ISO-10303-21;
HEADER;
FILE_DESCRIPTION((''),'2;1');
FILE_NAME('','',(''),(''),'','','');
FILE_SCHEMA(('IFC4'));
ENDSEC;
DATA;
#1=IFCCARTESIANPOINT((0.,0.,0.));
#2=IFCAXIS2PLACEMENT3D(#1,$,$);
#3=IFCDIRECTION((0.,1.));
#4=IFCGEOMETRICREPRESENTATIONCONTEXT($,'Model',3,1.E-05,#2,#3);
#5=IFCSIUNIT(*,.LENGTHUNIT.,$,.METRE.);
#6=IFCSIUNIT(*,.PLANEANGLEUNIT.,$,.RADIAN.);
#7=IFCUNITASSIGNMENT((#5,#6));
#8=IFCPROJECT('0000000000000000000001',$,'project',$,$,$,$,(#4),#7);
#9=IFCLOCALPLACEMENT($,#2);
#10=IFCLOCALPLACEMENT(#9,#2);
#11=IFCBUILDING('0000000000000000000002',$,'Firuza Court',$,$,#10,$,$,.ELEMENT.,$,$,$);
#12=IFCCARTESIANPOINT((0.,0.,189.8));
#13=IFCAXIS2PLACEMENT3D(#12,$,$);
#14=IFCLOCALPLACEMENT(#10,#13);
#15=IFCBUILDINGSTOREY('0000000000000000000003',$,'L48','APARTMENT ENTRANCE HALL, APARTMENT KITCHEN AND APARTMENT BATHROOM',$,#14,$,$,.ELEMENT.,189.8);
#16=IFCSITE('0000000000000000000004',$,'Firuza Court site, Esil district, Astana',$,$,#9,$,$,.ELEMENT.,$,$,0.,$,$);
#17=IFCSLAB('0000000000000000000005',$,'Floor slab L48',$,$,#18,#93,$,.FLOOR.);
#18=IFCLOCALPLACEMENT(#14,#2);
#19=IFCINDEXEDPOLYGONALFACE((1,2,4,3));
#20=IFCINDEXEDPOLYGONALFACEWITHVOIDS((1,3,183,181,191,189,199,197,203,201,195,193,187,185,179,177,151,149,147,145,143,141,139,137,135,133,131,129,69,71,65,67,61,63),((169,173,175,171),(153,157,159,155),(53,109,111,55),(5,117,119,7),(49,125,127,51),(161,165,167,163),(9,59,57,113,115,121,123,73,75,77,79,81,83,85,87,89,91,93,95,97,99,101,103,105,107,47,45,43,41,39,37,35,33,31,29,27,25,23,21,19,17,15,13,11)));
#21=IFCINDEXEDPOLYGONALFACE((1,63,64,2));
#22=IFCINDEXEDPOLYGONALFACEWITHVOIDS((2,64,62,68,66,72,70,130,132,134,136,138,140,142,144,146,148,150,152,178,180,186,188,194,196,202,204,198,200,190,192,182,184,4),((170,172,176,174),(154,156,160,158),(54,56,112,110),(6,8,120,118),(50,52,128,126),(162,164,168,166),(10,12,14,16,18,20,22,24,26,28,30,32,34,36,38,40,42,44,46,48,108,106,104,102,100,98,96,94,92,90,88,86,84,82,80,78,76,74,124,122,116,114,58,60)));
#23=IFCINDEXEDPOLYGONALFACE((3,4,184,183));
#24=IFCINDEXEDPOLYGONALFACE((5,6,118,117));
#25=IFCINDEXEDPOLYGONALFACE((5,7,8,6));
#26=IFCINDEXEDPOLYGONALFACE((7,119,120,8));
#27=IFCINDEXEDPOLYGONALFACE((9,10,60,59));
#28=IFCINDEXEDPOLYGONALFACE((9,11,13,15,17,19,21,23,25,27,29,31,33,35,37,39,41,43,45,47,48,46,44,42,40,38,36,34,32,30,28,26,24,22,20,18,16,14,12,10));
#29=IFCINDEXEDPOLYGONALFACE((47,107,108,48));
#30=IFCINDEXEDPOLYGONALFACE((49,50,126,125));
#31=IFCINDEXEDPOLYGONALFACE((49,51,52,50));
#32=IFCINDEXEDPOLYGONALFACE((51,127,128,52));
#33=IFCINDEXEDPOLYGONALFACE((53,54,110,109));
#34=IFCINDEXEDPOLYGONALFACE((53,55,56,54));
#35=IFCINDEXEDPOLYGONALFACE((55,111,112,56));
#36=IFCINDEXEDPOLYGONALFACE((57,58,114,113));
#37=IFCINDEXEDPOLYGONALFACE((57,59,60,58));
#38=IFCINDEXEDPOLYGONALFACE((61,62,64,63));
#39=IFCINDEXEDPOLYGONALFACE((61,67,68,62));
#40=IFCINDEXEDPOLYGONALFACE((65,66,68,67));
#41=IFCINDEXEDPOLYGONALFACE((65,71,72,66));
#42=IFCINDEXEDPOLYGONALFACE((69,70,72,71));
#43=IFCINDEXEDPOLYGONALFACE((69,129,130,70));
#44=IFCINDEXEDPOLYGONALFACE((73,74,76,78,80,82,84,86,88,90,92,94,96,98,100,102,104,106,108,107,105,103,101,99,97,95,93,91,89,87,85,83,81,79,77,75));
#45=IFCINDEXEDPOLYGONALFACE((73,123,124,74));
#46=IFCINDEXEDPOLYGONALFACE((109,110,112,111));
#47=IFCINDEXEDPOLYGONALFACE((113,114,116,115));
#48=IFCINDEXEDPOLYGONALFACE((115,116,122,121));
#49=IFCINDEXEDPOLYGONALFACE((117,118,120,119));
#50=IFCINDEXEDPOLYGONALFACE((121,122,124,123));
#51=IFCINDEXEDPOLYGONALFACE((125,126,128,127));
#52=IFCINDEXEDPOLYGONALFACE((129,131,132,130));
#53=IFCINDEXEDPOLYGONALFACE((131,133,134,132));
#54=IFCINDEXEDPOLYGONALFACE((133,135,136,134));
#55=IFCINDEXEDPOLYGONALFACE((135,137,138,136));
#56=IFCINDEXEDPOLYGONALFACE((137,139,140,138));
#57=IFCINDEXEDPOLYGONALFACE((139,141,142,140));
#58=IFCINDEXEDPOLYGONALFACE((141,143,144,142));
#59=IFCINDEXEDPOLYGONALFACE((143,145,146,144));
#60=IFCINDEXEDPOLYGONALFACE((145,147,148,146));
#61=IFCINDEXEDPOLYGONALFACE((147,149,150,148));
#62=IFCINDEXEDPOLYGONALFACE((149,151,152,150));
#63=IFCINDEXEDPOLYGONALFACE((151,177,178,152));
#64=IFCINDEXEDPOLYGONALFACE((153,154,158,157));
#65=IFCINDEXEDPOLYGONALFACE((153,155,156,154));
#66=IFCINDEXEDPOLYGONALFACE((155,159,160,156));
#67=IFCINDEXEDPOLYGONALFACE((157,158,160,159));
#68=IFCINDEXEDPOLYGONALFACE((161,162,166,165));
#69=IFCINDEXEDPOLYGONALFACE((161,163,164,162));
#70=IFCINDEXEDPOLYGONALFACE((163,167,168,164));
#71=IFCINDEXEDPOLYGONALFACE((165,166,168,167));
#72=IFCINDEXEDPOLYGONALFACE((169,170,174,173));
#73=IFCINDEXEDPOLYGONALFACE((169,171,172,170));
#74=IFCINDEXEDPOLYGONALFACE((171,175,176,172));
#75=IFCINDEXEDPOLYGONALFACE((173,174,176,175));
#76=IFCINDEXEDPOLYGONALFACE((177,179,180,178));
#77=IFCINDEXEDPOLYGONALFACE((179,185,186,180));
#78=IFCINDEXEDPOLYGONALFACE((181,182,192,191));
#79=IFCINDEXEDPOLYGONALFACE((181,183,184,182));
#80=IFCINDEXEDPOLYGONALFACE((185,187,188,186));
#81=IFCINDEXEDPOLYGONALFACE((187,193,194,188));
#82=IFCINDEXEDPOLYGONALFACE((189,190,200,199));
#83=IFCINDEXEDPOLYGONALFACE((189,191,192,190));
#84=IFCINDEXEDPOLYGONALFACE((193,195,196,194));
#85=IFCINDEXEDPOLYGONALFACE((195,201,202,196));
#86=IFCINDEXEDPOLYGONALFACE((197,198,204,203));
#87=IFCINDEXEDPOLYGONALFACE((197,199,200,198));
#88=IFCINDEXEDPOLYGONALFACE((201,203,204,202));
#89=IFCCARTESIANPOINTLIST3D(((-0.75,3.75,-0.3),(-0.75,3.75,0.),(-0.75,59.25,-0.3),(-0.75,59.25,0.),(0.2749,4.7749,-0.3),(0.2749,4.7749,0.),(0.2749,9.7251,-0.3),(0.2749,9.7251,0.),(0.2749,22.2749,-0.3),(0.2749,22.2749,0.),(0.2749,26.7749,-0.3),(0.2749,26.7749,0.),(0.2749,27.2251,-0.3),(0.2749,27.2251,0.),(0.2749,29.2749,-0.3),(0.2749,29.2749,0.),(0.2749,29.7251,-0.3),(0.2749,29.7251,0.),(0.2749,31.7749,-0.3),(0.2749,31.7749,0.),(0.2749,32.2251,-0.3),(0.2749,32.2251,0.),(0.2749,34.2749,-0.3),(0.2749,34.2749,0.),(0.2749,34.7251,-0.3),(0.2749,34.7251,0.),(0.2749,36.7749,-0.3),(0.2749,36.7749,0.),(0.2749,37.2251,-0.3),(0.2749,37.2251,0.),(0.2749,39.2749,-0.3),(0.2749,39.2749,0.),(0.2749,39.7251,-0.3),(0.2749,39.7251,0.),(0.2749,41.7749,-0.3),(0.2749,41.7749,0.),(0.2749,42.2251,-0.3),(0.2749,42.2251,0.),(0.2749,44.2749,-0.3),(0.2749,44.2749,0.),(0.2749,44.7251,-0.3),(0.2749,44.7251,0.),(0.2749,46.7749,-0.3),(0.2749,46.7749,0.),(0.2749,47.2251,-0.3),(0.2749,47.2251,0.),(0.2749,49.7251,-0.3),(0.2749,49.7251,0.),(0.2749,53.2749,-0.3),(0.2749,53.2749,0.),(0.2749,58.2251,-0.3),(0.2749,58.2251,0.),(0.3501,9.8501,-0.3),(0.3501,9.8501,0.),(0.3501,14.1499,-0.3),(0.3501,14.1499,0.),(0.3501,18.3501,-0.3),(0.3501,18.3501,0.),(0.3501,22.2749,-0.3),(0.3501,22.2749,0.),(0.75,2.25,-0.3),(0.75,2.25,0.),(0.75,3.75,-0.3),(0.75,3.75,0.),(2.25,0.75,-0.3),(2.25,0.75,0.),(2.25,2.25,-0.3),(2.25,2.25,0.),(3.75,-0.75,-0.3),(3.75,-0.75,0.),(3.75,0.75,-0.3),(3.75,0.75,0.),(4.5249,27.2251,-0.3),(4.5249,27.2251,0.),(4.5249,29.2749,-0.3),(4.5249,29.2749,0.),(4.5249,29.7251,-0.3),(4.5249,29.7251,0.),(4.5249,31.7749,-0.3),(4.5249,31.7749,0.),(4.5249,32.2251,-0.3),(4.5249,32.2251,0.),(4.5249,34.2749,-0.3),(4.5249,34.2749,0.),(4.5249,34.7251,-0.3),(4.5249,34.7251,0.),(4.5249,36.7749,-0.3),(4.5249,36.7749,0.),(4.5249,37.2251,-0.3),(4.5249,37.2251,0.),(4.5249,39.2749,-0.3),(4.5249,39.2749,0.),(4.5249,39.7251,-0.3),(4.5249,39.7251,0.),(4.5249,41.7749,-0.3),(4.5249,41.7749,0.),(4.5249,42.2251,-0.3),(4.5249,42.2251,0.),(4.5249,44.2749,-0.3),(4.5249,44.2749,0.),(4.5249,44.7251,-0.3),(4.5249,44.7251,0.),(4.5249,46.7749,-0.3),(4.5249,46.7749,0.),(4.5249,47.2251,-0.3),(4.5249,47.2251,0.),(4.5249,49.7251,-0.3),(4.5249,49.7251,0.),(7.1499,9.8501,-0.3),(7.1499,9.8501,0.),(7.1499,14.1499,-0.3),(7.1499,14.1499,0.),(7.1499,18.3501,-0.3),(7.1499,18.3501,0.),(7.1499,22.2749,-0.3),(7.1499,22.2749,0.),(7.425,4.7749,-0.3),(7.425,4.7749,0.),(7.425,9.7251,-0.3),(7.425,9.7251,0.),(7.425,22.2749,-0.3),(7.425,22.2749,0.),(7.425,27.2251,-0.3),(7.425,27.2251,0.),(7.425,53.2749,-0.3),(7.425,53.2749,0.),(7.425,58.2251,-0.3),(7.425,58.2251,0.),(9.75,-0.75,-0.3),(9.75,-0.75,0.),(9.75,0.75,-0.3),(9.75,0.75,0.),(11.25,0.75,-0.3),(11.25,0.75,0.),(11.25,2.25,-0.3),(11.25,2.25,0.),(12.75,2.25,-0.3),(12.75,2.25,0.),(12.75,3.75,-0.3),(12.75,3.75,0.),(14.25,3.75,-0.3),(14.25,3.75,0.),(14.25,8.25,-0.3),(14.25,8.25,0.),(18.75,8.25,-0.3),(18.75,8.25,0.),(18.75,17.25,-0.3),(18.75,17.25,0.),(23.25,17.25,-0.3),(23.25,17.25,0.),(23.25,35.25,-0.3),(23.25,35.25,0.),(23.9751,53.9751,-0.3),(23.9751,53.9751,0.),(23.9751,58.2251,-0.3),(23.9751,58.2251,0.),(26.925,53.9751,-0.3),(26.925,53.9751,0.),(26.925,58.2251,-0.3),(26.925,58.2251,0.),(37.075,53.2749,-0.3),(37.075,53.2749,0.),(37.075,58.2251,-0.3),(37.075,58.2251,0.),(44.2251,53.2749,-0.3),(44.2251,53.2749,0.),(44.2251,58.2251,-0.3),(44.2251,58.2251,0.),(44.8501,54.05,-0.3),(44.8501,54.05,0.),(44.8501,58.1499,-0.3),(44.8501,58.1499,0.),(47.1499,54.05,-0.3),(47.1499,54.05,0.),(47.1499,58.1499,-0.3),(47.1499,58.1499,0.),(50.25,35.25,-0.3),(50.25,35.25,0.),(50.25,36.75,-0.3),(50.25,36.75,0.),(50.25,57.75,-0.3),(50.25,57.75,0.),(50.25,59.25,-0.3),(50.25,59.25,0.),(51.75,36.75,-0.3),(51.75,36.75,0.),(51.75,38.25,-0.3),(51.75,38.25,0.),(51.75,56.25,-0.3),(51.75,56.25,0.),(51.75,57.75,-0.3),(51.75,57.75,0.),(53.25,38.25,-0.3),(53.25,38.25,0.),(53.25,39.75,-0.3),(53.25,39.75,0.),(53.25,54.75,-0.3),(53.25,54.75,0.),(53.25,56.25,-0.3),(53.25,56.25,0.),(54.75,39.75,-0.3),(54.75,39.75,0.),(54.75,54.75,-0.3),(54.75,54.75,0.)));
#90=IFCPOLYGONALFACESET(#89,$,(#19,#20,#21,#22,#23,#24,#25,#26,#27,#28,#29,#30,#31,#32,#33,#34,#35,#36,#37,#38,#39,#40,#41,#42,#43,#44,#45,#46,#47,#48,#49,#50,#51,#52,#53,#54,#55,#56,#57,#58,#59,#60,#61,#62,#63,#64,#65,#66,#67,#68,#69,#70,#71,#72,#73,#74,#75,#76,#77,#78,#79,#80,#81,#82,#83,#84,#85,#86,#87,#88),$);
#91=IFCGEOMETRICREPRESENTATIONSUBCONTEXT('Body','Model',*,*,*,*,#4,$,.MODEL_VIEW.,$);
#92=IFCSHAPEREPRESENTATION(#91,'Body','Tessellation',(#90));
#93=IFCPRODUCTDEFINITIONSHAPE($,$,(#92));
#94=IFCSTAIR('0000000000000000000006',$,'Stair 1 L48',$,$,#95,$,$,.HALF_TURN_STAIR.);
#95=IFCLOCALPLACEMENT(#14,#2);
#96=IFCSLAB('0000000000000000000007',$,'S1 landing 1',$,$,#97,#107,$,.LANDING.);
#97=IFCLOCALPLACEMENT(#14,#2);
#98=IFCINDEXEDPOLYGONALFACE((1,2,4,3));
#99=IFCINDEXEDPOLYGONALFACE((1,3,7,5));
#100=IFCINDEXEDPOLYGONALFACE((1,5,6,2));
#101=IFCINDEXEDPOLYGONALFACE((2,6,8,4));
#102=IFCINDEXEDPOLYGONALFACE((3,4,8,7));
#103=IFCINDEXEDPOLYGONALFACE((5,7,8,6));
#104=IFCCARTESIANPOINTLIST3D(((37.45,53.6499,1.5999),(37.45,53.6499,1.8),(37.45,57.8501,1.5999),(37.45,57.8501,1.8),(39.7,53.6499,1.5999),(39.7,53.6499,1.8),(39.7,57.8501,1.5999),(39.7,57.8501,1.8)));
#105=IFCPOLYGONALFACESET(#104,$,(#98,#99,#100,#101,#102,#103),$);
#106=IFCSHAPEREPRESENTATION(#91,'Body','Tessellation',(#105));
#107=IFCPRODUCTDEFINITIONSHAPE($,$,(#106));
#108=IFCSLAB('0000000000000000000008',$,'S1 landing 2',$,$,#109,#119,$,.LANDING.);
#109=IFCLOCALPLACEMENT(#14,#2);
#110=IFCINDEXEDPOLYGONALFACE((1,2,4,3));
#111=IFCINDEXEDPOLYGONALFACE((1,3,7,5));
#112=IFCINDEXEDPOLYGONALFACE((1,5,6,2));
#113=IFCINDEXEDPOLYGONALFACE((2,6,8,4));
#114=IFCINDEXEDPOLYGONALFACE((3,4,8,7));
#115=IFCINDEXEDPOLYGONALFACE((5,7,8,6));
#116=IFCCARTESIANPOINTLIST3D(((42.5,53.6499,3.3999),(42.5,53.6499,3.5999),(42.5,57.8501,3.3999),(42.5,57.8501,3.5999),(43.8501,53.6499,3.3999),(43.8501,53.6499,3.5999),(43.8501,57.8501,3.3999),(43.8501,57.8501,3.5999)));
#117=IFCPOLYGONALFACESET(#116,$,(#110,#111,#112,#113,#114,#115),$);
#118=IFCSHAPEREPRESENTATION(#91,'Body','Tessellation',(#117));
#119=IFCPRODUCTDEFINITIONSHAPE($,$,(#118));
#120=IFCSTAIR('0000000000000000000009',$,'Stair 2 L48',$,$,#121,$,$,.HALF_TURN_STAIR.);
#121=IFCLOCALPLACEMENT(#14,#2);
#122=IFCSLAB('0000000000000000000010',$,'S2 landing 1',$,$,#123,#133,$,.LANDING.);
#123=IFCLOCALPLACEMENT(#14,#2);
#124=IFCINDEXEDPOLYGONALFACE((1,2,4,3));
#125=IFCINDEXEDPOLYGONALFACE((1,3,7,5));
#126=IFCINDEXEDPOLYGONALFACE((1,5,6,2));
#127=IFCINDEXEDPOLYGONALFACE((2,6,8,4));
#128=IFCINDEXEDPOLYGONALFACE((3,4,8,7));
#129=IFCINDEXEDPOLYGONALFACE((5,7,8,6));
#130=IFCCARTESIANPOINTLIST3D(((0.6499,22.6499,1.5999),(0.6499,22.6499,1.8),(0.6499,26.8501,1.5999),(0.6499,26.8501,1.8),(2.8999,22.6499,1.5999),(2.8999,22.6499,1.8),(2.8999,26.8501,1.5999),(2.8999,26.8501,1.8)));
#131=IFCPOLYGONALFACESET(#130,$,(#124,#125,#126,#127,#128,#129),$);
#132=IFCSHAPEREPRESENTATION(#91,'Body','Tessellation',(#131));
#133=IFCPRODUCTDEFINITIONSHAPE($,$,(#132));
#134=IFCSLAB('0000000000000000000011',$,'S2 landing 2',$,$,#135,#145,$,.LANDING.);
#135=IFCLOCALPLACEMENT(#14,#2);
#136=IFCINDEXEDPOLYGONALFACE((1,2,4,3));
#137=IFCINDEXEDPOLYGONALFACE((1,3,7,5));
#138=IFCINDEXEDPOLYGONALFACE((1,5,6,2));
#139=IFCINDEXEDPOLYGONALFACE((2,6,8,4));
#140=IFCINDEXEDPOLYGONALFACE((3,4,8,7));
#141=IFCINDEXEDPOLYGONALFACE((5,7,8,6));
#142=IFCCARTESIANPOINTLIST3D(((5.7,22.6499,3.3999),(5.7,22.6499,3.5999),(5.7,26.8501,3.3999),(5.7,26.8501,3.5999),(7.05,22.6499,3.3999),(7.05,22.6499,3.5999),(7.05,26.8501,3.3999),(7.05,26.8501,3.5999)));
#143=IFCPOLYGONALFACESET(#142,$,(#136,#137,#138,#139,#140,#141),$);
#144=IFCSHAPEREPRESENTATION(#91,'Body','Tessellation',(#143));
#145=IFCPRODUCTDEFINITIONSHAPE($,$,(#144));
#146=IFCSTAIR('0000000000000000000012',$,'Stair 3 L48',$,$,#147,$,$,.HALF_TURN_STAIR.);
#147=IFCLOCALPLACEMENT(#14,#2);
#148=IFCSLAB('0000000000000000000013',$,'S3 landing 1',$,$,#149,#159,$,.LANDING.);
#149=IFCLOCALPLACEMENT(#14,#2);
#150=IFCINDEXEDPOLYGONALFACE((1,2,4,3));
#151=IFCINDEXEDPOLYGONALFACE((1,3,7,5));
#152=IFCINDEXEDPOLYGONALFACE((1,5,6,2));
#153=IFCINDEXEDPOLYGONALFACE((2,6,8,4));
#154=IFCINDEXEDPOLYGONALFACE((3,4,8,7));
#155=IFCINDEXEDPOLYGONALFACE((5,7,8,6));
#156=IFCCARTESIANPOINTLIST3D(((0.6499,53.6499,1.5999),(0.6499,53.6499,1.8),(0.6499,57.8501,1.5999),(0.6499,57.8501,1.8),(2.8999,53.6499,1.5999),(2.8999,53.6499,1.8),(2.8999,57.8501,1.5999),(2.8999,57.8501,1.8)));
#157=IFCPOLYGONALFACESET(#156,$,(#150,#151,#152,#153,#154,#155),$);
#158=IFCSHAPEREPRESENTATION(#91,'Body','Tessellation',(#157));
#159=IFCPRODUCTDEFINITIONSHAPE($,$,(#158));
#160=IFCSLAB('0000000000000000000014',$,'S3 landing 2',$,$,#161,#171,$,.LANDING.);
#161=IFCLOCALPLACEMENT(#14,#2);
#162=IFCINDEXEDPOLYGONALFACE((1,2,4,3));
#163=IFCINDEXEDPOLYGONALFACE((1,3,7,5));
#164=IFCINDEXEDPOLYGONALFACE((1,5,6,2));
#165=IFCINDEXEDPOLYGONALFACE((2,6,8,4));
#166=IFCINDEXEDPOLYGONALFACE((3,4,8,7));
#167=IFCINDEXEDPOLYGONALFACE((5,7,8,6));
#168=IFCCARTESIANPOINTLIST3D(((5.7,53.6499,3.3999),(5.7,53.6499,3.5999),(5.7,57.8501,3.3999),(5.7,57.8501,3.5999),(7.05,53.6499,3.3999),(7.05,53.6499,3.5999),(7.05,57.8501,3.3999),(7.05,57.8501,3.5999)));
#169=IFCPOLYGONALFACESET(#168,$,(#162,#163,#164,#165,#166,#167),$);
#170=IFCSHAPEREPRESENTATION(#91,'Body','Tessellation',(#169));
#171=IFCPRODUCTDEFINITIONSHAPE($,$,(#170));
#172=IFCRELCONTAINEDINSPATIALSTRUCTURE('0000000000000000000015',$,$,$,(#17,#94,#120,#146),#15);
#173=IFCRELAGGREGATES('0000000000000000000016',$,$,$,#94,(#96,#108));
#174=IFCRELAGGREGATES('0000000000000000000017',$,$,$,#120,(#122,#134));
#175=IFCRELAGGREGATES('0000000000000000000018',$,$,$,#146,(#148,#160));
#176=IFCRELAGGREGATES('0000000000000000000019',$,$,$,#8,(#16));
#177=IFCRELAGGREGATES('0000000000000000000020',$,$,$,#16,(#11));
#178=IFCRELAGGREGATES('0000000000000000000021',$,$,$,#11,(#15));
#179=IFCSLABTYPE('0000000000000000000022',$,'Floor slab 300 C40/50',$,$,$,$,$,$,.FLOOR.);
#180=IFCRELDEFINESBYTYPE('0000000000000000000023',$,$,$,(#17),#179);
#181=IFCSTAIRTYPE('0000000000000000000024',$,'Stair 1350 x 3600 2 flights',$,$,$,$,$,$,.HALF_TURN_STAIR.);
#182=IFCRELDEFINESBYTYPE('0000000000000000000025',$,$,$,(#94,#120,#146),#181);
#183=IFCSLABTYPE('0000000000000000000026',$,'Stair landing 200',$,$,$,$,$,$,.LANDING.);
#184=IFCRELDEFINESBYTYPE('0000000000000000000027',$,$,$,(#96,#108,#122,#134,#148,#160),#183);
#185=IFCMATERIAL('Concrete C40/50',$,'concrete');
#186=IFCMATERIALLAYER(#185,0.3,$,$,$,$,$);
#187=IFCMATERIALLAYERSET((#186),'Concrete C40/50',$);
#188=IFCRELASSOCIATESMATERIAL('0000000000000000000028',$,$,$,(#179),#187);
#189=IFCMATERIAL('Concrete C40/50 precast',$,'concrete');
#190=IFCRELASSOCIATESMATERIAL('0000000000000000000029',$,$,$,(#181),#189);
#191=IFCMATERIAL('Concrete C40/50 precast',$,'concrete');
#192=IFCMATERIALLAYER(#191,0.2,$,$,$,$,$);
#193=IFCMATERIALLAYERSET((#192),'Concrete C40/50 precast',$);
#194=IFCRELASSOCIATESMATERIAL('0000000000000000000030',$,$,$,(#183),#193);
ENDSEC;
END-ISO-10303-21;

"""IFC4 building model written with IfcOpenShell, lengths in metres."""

from ifc_helpers import new_model, si_unit, direction, frame, origin, place, context, subcontext, project, spatial, polyline, outline, extrude, material, layer, layer_set, type_object, element, aggregate, save


model = new_model("IFC4")

# Units and contexts
model_context = context("Model", 3, precision=1e-05, world=origin(), true_north=direction((0.0, 1.0)))
body_context = subcontext(model_context, "Body", "Model", "MODEL_VIEW")
ifc_project = project(units=[si_unit("LENGTHUNIT", "METRE"), si_unit("PLANEANGLEUNIT", "RADIAN")], contexts=[model_context])

# Site, building, storey
site_placement = place(None, origin())
site = spatial("IfcSite", under=ifc_project, at=site_placement, Name="Firuza Court site, Esil district, Astana", CompositionType="ELEMENT", RefElevation=0.0)
building_placement = place(site_placement, origin())
building = spatial("IfcBuilding", under=site, at=building_placement, Name="Firuza Court", CompositionType="ELEMENT")
storey_placement = place(building_placement, frame((0.0, 0.0, 189.8)))
storey = spatial("IfcBuildingStorey", under=building, at=storey_placement, Name="L48", Description="APARTMENT ENTRANCE HALL, APARTMENT KITCHEN AND APARTMENT BATHROOM", CompositionType="ELEMENT", Elevation=189.8)

# Slab
ifc_material_1 = material(Name="Concrete C40/50", Category="concrete")
ifc_layer_1 = layer(ifc_material_1, 0.3)
ifc_layer_set_1 = layer_set([ifc_layer_1], Name="Concrete C40/50")
slab_type_1 = type_object("IfcSlabType", Name="Floor slab 300 C40/50", PredefinedType="FLOOR", material=ifc_layer_set_1)
slab_1_placement = place(storey_placement, frame((0.0, 0.0, -0.3)))
element("IfcSlab", 1, at=slab_1_placement, inside=storey, type_object=slab_type_1, Name="Floor slab L48", PredefinedType="FLOOR", context=body_context, shape_type="SweptSolid", body=[
    extrude(outline(polyline([(-0.75, 59.25), (50.25, 59.25), (50.25, 57.75), (51.75, 57.75), (51.75, 56.25), (53.25, 56.25), (53.25, 54.75), (54.75, 54.75), (54.75, 39.75), (53.25, 39.75), (53.25, 38.25), (51.75, 38.25), (51.75, 36.75), (50.25, 36.75), (50.25, 35.25), (23.25, 35.25), (23.25, 17.25), (18.75, 17.25), (18.75, 8.25), (14.25, 8.25), (14.25, 3.75), (12.75, 3.75), (12.75, 2.25), (11.25, 2.25), (11.25, 0.75), (9.75, 0.75), (9.75, -0.75), (3.75, -0.75), (3.75, 0.75), (2.25, 0.75), (2.25, 2.25), (0.75, 2.25), (0.75, 3.75), (-0.75, 3.75), (-0.75, 59.25)]), holes=[polyline([(0.2749, 29.7251), (0.2749, 29.2749), (0.2749, 27.2251), (0.2749, 26.7749), (0.2749, 22.2749), (0.3501, 22.2749), (0.3501, 18.3501), (7.1499, 18.3501), (7.1499, 22.2749), (7.425, 22.2749), (7.425, 27.2251), (4.5249, 27.2251), (4.5249, 29.2749), (4.5249, 29.7251), (4.5249, 31.7749), (4.5249, 32.2251), (4.5249, 34.2749), (4.5249, 34.7251), (4.5249, 36.7749), (4.5249, 37.2251), (4.5249, 39.2749), (4.5249, 39.7251), (4.5249, 41.7749), (4.5249, 42.2251), (4.5249, 44.2749), (4.5249, 44.7251), (4.5249, 46.7749), (4.5249, 47.2251), (4.5249, 49.7251), (0.2749, 49.7251), (0.2749, 47.2251), (0.2749, 46.7749), (0.2749, 44.7251), (0.2749, 44.2749), (0.2749, 42.2251), (0.2749, 41.7749), (0.2749, 39.7251), (0.2749, 39.2749), (0.2749, 37.2251), (0.2749, 36.7749), (0.2749, 34.7251), (0.2749, 34.2749), (0.2749, 32.2251), (0.2749, 31.7749), (0.2749, 29.7251)]), polyline([(7.425, 9.7251), (0.2749, 9.7251), (0.2749, 4.7749), (7.425, 4.7749), (7.425, 9.7251)]), polyline([(7.1499, 14.1499), (0.3501, 14.1499), (0.3501, 9.8501), (7.1499, 9.8501), (7.1499, 14.1499)]), polyline([(7.425, 58.2251), (0.2749, 58.2251), (0.2749, 53.2749), (7.425, 53.2749), (7.425, 58.2251)]), polyline([(44.2251, 58.2251), (37.075, 58.2251), (37.075, 53.2749), (44.2251, 53.2749), (44.2251, 58.2251)]), polyline([(26.925, 53.9751), (26.925, 58.2251), (23.9751, 58.2251), (23.9751, 53.9751), (26.925, 53.9751)]), polyline([(47.1499, 54.05), (47.1499, 58.1499), (44.8501, 58.1499), (44.8501, 54.05), (47.1499, 54.05)])]), origin(), (0.0, 0.0, 1.0), 0.3),
])

# Stairs, slabs
ifc_material_2 = material(Name="Concrete C40/50 precast", Category="concrete")
stair_type = type_object("IfcStairType", Name="Stair 1350 x 3600 2 flights", PredefinedType="HALF_TURN_STAIR", material=ifc_material_2)
stair_1_placement = place(storey_placement, origin())
stair_1 = element("IfcStair", 2, at=stair_1_placement, inside=storey, type_object=stair_type, Name="Stair 1 L48", PredefinedType="HALF_TURN_STAIR")
ifc_material_3 = material(Name="Concrete C40/50 precast", Category="concrete")
ifc_layer_2 = layer(ifc_material_3, 0.2)
ifc_layer_set_2 = layer_set([ifc_layer_2], Name="Concrete C40/50 precast")
slab_type_2 = type_object("IfcSlabType", Name="Stair landing 200", PredefinedType="LANDING", material=ifc_layer_set_2)
slab_2_placement = place(storey_placement, frame((0.0, 0.0, 1.5999)))
slab_2 = element("IfcSlab", 3, at=slab_2_placement, type_object=slab_type_2, Name="S1 landing 1", PredefinedType="LANDING", context=body_context, shape_type="SweptSolid", body=[
    extrude(outline(polyline([(39.7, 53.6499), (39.7, 57.8501), (37.45, 57.8501), (37.45, 53.6499), (39.7, 53.6499)])), origin(), (0.0, 0.0, 1.0), 0.2002),
])
slab_3_placement = place(storey_placement, frame((0.0, 0.0, 3.3999)))
slab_3 = element("IfcSlab", 4, at=slab_3_placement, type_object=slab_type_2, Name="S1 landing 2", PredefinedType="LANDING", context=body_context, shape_type="SweptSolid", body=[
    extrude(outline(polyline([(43.8501, 53.6499), (43.8501, 57.8501), (42.5, 57.8501), (42.5, 53.6499), (43.8501, 53.6499)])), origin(), (0.0, 0.0, 1.0), 0.2),
])
aggregate(stair_1, [slab_2, slab_3])
stair_2_placement = place(storey_placement, origin())
stair_2 = element("IfcStair", 5, at=stair_2_placement, inside=storey, type_object=stair_type, Name="Stair 2 L48", PredefinedType="HALF_TURN_STAIR")
slab_4_placement = place(storey_placement, frame((0.0, 0.0, 1.5999)))
slab_4 = element("IfcSlab", 6, at=slab_4_placement, type_object=slab_type_2, Name="S2 landing 1", PredefinedType="LANDING", context=body_context, shape_type="SweptSolid", body=[
    extrude(outline(polyline([(2.8999, 22.6499), (2.8999, 26.8501), (0.6499, 26.8501), (0.6499, 22.6499), (2.8999, 22.6499)])), origin(), (0.0, 0.0, 1.0), 0.2002),
])
slab_5_placement = place(storey_placement, frame((0.0, 0.0, 3.3999)))
slab_5 = element("IfcSlab", 7, at=slab_5_placement, type_object=slab_type_2, Name="S2 landing 2", PredefinedType="LANDING", context=body_context, shape_type="SweptSolid", body=[
    extrude(outline(polyline([(7.05, 22.6499), (7.05, 26.8501), (5.7, 26.8501), (5.7, 22.6499), (7.05, 22.6499)])), origin(), (0.0, 0.0, 1.0), 0.2),
])
aggregate(stair_2, [slab_4, slab_5])
stair_3_placement = place(storey_placement, origin())
stair_3 = element("IfcStair", 8, at=stair_3_placement, inside=storey, type_object=stair_type, Name="Stair 3 L48", PredefinedType="HALF_TURN_STAIR")
slab_6_placement = place(storey_placement, frame((0.0, 0.0, 1.5999)))
slab_6 = element("IfcSlab", 9, at=slab_6_placement, type_object=slab_type_2, Name="S3 landing 1", PredefinedType="LANDING", context=body_context, shape_type="SweptSolid", body=[
    extrude(outline(polyline([(2.8999, 53.6499), (2.8999, 57.8501), (0.6499, 57.8501), (0.6499, 53.6499), (2.8999, 53.6499)])), origin(), (0.0, 0.0, 1.0), 0.2002),
])
slab_7_placement = place(storey_placement, frame((0.0, 0.0, 3.3999)))
slab_7 = element("IfcSlab", 10, at=slab_7_placement, type_object=slab_type_2, Name="S3 landing 2", PredefinedType="LANDING", context=body_context, shape_type="SweptSolid", body=[
    extrude(outline(polyline([(7.05, 53.6499), (7.05, 57.8501), (5.7, 57.8501), (5.7, 53.6499), (7.05, 53.6499)])), origin(), (0.0, 0.0, 1.0), 0.2),
])
aggregate(stair_3, [slab_6, slab_7])

save(model, "model.ifc")
